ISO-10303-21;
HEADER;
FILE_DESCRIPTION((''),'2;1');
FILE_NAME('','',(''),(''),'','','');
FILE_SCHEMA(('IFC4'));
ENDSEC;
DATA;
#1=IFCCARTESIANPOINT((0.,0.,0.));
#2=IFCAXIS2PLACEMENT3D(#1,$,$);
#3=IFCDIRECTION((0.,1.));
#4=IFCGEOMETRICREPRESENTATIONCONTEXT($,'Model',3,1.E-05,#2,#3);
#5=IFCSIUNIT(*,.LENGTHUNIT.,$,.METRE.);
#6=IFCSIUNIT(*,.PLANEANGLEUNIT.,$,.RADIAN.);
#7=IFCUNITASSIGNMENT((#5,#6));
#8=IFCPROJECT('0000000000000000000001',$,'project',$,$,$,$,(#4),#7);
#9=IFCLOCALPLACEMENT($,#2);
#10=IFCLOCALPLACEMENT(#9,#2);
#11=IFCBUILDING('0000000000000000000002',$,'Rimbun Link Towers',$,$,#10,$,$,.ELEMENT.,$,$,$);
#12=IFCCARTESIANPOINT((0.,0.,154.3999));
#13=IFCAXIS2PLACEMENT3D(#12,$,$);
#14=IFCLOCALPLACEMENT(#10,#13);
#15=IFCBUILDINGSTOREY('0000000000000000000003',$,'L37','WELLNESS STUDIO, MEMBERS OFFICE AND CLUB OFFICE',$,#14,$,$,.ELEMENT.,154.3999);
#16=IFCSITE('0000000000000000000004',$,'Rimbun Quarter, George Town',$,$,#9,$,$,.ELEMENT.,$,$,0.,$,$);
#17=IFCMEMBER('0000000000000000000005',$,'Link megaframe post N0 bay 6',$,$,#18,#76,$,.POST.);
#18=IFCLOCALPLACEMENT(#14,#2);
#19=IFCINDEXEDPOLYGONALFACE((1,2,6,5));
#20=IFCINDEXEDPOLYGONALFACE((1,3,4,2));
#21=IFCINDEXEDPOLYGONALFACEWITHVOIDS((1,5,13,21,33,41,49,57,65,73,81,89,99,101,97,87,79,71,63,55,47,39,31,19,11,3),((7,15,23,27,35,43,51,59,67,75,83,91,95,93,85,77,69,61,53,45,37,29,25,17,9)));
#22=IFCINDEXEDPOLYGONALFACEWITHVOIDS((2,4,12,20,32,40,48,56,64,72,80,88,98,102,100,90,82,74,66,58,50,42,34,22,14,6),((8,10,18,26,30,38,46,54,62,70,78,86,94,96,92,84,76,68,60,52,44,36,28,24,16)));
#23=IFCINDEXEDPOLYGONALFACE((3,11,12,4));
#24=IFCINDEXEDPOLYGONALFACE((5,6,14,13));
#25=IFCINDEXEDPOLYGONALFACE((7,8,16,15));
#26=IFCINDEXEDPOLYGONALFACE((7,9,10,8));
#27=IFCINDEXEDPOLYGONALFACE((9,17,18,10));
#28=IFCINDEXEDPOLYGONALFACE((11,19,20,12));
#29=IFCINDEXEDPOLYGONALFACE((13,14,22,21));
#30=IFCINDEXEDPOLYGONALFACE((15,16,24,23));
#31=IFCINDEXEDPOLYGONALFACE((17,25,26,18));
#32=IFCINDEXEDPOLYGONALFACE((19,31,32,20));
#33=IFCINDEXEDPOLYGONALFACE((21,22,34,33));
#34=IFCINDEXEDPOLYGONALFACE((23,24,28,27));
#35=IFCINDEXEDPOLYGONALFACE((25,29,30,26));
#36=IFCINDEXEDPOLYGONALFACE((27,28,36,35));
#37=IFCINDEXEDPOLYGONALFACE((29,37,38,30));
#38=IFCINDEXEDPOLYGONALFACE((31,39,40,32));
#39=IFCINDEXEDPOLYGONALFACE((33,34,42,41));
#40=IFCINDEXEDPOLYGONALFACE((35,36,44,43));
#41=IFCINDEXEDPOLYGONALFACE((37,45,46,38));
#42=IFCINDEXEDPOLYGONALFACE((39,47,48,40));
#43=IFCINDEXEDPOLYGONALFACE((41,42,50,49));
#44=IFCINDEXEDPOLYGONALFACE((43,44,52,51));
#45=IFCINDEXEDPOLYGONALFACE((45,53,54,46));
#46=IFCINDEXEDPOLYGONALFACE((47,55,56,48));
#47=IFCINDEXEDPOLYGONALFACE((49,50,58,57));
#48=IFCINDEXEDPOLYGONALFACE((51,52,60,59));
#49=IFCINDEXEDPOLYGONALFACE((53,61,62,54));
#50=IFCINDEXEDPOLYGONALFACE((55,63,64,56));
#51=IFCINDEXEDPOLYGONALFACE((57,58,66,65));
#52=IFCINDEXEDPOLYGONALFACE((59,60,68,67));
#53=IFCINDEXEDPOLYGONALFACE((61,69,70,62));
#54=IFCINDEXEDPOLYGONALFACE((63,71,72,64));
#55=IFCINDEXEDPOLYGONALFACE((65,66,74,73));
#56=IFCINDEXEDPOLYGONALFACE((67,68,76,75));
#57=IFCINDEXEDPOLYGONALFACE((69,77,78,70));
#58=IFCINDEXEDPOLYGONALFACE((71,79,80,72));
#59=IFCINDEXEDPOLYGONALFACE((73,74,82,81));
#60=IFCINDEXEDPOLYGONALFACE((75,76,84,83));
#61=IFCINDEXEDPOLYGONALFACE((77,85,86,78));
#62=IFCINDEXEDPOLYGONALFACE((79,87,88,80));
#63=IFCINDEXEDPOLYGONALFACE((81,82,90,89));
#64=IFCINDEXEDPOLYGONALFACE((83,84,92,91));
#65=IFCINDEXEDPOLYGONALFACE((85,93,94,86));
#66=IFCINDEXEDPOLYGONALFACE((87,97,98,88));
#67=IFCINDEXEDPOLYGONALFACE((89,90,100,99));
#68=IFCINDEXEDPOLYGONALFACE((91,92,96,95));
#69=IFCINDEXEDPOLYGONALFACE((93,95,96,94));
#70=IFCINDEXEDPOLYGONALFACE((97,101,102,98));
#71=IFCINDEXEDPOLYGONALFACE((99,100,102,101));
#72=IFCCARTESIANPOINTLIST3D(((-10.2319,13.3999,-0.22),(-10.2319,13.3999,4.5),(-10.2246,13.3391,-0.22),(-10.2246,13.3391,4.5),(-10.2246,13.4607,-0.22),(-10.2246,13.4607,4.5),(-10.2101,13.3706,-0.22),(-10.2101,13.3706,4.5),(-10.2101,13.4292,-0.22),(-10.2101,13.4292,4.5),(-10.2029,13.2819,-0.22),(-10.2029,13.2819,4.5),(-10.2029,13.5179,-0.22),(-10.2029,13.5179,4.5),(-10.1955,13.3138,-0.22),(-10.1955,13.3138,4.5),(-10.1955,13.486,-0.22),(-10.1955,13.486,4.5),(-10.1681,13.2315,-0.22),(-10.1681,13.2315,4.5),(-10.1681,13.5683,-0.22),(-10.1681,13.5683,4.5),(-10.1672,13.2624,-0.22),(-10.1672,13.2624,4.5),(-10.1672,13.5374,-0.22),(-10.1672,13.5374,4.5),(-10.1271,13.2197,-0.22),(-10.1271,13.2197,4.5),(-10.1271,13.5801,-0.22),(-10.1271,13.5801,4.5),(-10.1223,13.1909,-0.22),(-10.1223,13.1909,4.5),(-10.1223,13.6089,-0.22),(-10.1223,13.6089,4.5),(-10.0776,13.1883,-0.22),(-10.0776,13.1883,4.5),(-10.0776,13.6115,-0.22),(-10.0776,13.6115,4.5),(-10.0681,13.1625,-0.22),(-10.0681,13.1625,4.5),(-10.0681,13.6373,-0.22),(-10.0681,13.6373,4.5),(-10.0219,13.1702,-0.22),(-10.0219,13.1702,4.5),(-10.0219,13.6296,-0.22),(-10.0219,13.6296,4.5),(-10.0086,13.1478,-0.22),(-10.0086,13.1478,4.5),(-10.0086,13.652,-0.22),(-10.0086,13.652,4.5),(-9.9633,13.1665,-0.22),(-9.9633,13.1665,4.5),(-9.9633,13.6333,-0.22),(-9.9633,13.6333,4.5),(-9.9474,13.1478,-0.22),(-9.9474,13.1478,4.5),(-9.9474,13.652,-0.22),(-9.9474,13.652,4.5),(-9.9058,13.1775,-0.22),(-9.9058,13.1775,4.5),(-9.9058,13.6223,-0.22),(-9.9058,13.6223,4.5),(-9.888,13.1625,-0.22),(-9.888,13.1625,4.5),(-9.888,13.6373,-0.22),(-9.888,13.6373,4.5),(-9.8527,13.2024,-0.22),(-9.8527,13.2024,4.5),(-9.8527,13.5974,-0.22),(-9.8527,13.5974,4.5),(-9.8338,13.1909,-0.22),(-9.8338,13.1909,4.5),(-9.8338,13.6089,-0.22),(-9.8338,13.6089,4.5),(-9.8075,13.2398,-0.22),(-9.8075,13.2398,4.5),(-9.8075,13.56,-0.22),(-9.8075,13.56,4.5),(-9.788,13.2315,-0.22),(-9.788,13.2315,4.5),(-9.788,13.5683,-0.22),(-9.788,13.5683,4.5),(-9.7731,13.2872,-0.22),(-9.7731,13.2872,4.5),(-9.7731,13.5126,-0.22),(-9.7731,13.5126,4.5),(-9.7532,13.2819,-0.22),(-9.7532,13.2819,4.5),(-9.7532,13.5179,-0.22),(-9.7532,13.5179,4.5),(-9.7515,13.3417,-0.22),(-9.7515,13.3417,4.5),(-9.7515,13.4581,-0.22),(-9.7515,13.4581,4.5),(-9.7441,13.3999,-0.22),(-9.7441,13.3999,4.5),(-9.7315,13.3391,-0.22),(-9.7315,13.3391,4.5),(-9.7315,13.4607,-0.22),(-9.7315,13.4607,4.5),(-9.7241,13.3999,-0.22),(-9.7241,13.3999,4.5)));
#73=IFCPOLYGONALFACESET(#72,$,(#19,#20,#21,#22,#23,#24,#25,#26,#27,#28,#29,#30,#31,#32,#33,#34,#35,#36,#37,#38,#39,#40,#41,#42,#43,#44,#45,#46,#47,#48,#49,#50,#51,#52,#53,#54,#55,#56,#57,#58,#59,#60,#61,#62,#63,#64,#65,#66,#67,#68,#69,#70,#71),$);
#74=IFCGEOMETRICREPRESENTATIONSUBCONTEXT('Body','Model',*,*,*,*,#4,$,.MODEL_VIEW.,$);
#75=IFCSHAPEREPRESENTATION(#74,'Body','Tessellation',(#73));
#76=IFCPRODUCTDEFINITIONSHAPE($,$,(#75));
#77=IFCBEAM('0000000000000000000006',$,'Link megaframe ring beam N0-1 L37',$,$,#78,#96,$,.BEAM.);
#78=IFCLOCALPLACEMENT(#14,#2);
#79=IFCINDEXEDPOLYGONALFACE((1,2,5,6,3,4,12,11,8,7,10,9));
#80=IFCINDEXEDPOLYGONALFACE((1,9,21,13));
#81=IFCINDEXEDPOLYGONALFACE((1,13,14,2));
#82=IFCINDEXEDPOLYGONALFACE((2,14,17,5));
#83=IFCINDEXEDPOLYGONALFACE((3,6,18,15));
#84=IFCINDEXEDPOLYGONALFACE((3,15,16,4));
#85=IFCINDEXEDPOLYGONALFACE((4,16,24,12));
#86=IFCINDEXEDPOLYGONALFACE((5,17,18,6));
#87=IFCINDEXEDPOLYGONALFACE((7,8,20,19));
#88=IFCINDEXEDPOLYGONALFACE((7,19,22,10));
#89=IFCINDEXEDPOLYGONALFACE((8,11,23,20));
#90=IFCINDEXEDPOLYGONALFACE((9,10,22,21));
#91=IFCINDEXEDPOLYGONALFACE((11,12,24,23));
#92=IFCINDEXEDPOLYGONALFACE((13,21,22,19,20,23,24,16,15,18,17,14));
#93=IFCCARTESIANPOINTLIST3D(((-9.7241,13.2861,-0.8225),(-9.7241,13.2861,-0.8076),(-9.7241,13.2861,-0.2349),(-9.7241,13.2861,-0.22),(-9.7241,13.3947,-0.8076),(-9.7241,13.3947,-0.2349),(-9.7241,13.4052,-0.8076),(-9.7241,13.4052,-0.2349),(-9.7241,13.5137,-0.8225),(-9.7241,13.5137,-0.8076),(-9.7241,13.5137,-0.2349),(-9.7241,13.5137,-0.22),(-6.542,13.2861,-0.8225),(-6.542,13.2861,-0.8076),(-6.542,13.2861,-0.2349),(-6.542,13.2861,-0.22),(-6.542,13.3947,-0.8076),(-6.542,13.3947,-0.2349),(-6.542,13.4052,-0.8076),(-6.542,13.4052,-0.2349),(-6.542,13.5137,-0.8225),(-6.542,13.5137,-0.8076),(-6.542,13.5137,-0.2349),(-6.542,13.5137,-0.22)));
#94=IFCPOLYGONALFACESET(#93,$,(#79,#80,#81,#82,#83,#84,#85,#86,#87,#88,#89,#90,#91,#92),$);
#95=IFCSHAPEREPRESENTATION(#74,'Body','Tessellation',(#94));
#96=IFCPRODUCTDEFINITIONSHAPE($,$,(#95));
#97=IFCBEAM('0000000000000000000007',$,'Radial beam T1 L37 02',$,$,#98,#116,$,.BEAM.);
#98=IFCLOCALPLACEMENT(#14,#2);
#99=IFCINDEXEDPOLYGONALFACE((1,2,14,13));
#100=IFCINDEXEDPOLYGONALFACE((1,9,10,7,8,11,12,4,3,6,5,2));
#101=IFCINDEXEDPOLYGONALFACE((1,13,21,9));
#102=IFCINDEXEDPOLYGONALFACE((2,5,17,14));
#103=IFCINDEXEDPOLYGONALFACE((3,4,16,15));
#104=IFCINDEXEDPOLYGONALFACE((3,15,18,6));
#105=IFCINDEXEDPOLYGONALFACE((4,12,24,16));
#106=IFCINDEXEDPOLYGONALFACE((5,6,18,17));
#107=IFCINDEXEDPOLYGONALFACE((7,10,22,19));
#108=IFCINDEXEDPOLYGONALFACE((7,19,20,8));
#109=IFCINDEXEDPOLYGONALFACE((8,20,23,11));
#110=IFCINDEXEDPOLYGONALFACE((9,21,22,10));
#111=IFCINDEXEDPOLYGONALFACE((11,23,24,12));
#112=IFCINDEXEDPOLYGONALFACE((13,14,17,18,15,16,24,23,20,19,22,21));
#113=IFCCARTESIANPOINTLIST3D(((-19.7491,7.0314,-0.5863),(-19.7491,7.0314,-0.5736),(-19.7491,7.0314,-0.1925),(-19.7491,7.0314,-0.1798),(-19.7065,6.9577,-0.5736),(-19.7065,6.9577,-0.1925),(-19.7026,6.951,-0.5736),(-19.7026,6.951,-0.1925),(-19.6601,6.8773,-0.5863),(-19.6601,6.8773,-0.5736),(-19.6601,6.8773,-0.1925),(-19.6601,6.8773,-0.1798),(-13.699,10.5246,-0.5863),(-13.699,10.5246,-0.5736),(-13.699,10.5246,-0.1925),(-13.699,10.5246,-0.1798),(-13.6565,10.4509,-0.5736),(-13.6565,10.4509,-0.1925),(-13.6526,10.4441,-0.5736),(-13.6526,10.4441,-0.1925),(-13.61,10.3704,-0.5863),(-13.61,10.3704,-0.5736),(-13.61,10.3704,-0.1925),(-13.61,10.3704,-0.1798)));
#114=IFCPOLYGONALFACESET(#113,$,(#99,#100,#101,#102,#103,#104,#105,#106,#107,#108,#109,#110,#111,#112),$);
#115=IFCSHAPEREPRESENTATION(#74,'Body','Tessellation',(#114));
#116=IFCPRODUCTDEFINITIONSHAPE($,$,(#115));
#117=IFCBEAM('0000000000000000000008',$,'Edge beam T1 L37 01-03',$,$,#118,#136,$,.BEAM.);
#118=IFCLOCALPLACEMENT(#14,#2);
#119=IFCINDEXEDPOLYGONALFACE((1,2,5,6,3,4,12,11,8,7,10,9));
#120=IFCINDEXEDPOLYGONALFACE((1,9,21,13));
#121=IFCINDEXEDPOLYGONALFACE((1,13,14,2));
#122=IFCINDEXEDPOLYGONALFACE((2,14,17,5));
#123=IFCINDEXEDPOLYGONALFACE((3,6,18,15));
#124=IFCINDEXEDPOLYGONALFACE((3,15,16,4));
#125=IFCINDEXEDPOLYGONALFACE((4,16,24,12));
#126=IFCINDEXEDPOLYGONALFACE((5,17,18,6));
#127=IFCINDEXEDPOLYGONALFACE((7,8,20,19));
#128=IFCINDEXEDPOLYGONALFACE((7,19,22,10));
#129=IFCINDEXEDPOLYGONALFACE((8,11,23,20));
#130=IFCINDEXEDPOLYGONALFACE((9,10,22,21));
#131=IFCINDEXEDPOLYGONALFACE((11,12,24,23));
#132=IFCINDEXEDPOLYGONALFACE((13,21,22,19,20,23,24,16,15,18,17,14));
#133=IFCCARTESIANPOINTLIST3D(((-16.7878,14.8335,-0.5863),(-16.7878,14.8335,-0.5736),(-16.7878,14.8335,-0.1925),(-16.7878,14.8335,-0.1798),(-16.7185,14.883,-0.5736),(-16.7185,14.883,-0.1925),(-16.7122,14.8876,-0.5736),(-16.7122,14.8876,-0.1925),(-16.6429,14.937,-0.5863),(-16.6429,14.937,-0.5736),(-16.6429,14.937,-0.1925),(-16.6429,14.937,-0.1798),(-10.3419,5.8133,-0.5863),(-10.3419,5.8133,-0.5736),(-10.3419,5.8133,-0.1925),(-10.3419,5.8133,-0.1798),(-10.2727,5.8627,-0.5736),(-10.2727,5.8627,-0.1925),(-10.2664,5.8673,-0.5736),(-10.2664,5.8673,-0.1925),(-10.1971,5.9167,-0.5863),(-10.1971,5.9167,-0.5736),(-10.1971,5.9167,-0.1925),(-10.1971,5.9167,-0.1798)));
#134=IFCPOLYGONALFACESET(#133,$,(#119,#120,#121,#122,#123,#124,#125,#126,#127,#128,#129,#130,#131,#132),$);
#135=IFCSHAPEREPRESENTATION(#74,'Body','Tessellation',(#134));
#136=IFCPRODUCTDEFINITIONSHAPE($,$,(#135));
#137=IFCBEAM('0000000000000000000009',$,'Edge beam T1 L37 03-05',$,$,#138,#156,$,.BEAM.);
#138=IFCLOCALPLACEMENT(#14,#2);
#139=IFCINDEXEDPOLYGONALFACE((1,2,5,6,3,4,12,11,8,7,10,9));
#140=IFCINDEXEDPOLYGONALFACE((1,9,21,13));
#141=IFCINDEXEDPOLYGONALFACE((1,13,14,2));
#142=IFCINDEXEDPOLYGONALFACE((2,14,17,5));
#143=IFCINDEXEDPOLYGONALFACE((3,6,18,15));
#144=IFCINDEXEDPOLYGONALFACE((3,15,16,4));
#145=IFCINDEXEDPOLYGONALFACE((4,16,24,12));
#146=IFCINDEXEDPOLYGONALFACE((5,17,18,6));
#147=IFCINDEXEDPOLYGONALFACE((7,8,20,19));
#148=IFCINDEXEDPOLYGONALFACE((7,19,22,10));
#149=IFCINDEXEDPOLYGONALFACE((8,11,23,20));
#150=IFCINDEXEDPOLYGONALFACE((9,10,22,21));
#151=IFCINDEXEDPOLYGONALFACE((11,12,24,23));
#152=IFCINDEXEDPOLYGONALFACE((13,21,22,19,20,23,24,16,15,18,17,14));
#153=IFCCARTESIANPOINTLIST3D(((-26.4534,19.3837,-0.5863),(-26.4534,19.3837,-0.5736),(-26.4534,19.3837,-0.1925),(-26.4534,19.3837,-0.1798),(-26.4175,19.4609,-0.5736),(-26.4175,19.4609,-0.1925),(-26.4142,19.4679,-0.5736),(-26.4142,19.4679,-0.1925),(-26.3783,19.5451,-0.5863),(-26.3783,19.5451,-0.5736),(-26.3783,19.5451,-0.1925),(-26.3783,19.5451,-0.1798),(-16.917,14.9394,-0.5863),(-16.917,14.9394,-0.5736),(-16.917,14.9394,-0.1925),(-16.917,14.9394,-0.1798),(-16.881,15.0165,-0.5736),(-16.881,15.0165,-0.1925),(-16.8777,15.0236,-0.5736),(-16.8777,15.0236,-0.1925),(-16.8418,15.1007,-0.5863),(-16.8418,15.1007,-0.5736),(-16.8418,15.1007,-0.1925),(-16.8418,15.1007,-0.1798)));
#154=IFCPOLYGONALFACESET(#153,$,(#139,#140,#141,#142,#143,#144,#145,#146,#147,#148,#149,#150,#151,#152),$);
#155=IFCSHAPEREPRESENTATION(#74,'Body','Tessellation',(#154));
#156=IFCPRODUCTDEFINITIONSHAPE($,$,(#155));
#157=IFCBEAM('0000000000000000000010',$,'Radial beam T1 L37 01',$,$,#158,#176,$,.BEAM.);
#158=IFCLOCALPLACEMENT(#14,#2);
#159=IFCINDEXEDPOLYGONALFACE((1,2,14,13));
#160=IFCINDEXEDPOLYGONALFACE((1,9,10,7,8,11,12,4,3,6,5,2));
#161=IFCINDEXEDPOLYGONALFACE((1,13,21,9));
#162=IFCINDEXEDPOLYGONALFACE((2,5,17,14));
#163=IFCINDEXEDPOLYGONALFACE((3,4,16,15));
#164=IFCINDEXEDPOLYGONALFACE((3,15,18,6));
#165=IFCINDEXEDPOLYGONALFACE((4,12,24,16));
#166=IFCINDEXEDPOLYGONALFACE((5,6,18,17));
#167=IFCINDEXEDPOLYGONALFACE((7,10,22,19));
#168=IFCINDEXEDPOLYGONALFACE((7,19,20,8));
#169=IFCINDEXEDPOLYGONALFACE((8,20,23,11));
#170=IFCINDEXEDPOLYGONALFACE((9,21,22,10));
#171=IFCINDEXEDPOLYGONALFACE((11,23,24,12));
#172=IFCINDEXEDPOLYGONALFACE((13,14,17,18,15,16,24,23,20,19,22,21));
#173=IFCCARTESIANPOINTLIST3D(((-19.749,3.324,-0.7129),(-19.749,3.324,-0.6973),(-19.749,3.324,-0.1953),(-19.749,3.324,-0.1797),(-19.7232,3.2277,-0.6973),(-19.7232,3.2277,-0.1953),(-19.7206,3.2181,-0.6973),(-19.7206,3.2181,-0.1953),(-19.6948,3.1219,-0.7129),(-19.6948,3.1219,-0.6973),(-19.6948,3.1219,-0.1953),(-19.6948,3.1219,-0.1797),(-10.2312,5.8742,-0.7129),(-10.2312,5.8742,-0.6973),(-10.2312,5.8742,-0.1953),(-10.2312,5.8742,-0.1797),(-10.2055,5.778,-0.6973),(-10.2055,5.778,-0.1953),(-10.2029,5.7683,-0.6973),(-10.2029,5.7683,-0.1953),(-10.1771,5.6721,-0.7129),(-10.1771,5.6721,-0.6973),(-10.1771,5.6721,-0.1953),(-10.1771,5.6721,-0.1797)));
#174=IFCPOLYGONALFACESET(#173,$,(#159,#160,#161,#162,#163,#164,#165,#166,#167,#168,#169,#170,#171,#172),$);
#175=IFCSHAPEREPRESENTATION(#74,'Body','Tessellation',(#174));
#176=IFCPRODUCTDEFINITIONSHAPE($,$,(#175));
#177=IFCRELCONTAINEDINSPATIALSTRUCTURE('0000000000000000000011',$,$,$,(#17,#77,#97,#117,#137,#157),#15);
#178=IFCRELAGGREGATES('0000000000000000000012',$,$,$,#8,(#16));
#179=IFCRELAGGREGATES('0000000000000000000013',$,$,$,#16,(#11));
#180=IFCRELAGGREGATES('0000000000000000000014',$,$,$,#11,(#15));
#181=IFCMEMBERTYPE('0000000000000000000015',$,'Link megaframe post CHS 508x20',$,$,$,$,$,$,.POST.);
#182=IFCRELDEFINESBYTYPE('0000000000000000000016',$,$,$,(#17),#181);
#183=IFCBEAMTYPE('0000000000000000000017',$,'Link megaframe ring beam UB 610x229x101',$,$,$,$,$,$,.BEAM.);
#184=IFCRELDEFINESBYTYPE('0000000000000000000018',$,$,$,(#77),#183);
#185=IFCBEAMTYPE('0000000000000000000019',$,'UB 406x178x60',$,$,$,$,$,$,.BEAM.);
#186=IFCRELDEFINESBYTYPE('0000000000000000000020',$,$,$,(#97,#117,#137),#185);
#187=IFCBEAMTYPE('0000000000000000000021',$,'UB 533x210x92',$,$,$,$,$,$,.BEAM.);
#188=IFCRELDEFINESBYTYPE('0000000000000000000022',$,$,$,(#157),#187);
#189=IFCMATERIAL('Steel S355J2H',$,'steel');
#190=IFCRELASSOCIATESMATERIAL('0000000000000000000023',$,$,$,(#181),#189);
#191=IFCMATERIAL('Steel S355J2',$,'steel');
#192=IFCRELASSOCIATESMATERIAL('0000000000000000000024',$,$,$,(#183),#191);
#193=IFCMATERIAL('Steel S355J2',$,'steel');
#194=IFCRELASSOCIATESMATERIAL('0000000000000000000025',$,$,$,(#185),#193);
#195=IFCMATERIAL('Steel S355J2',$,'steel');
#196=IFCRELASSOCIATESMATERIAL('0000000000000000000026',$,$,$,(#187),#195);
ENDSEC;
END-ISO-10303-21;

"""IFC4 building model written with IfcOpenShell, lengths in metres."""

from ifc_helpers import new_model, si_unit, direction, frame, origin, origin_2d, place, context, subcontext, project, spatial, hollow_circle, i_section, extrude, material, material_profile, profile_set, type_object, element, save


model = new_model("IFC4")

# Units and contexts
model_context = context("Model", 3, precision=1e-05, world=origin(), true_north=direction((0.0, 1.0)))
body_context = subcontext(model_context, "Body", "Model", "MODEL_VIEW")
ifc_project = project(units=[si_unit("LENGTHUNIT", "METRE"), si_unit("PLANEANGLEUNIT", "RADIAN")], contexts=[model_context])

# Site, building, storey
site_placement = place(None, origin())
site = spatial("IfcSite", under=ifc_project, at=site_placement, Name="Rimbun Quarter, George Town", CompositionType="ELEMENT", RefElevation=0.0)
building_placement = place(site_placement, origin())
building = spatial("IfcBuilding", under=site, at=building_placement, Name="Rimbun Link Towers", CompositionType="ELEMENT")
storey_placement = place(building_placement, frame((0.0, 0.0, 154.3999)))
storey = spatial("IfcBuildingStorey", under=building, at=storey_placement, Name="L37", Description="WELLNESS STUDIO, MEMBERS OFFICE AND CLUB OFFICE", CompositionType="ELEMENT", Elevation=154.3999)

# Member
ifc_material_1 = material(Name="Steel S355J2H", Category="steel")
ifc_material_profile_1 = material_profile(ifc_material_1, hollow_circle(Radius=0.2539, WallThickness=0.02, at=origin_2d()), Name="CHS 508x20")
ifc_profile_set_1 = profile_set([ifc_material_profile_1], Name="Steel S355J2H")
member_type_1 = type_object("IfcMemberType", Name="Link megaframe post CHS 508x20", PredefinedType="POST", material=ifc_profile_set_1)
member_1_placement = place(storey_placement, frame((-9.978, 13.3999, -0.22), z_axis=(0.0, 0.0, 1.0), x_axis=(1.0, 0.0, 0.0)))
element("IfcMember", 1, at=member_1_placement, inside=storey, type_object=member_type_1, Name="Link megaframe post N0 bay 6", PredefinedType="POST", context=body_context, shape_type="SweptSolid", body=[
    extrude(hollow_circle(Radius=0.2539, WallThickness=0.02, at=origin_2d()), origin(), (0.0, 0.0, 1.0), 4.72),
])

# Beams
ifc_material_2 = material(Name="Steel S355J2", Category="steel")
ifc_material_profile_2 = material_profile(ifc_material_2, i_section(OverallWidth=0.2275, OverallDepth=0.6025, WebThickness=0.0105, FlangeThickness=0.0149, at=origin_2d()), Name="UB 610x229x101")
ifc_profile_set_2 = profile_set([ifc_material_profile_2], Name="Steel S355J2")
beam_type_1 = type_object("IfcBeamType", Name="Link megaframe ring beam UB 610x229x101", PredefinedType="BEAM", material=ifc_profile_set_2)
beam_1_placement = place(storey_placement, frame((-9.7241, 13.3999, -0.5212), z_axis=(1.0, 0.0, 0.0), x_axis=(0.0, 1.0, 0.0)))
element("IfcBeam", 2, at=beam_1_placement, inside=storey, type_object=beam_type_1, Name="Link megaframe ring beam N0-1 L37", PredefinedType="BEAM", context=body_context, shape_type="SweptSolid", body=[
    extrude(i_section(OverallWidth=0.2275, OverallDepth=0.6025, WebThickness=0.0105, FlangeThickness=0.0149, at=origin_2d()), origin(), (0.0, 0.0, 1.0), 3.1821),
])
ifc_material_3 = material(Name="Steel S355J2", Category="steel")
ifc_material_profile_3 = material_profile(ifc_material_3, i_section(OverallWidth=0.178, OverallDepth=0.4065, WebThickness=0.0078, FlangeThickness=0.0127, at=origin_2d()), Name="UB 406x178x60")
ifc_profile_set_3 = profile_set([ifc_material_profile_3], Name="Steel S355J2")
beam_type_2 = type_object("IfcBeamType", Name="UB 406x178x60", PredefinedType="BEAM", material=ifc_profile_set_3)
beam_2_placement = place(storey_placement, frame((-19.7046, 6.9543, -0.3831), z_axis=(0.866015, 0.500018, 0.0), x_axis=(-0.500018, 0.866015, 0.0)))
element("IfcBeam", 3, at=beam_2_placement, inside=storey, type_object=beam_type_2, Name="Radial beam T1 L37 02", PredefinedType="BEAM", context=body_context, shape_type="SweptSolid", body=[
    extrude(i_section(OverallWidth=0.178, OverallDepth=0.4065, WebThickness=0.0078, FlangeThickness=0.0127, at=origin_2d()), origin(), (0.0, 0.0, 1.0), 6.9861),
])
beam_3_placement = place(storey_placement, frame((-10.2695, 5.865, -0.3831), z_axis=(-0.581403, 0.813616, 0.0), x_axis=(-0.813616, -0.581403, 0.0)))
element("IfcBeam", 4, at=beam_3_placement, inside=storey, type_object=beam_type_2, Name="Edge beam T1 L37 01-03", PredefinedType="BEAM", context=body_context, shape_type="SweptSolid", body=[
    extrude(i_section(OverallWidth=0.178, OverallDepth=0.4065, WebThickness=0.0078, FlangeThickness=0.0127, at=origin_2d()), origin(), (0.0, 0.0, 1.0), 11.0867),
])
beam_4_placement = place(storey_placement, frame((-16.8794, 15.02, -0.3831), z_axis=(-0.906401, 0.422419, 0.0), x_axis=(-0.422419, -0.906401, 0.0)))
element("IfcBeam", 5, at=beam_4_placement, inside=storey, type_object=beam_type_2, Name="Edge beam T1 L37 03-05", PredefinedType="BEAM", context=body_context, shape_type="SweptSolid", body=[
    extrude(i_section(OverallWidth=0.178, OverallDepth=0.4065, WebThickness=0.0078, FlangeThickness=0.0127, at=origin_2d()), origin(), (0.0, 0.0, 1.0), 10.5212),
])
ifc_material_4 = material(Name="Steel S355J2", Category="steel")
ifc_material_profile_4 = material_profile(ifc_material_4, i_section(OverallWidth=0.2092, OverallDepth=0.5332, WebThickness=0.01, FlangeThickness=0.0156, at=origin_2d()), Name="UB 533x210x92")
ifc_profile_set_4 = profile_set([ifc_material_profile_4], Name="Steel S355J2")
beam_type_3 = type_object("IfcBeamType", Name="UB 533x210x92", PredefinedType="BEAM", material=ifc_profile_set_4)
beam_5_placement = place(storey_placement, frame((-19.7219, 3.2229, -0.4463), z_axis=(0.965926, 0.258819, 0.0), x_axis=(-0.258819, 0.965926, 0.0)))
element("IfcBeam", 6, at=beam_5_placement, inside=storey, type_object=beam_type_3, Name="Radial beam T1 L37 01", PredefinedType="BEAM", context=body_context, shape_type="SweptSolid", body=[
    extrude(i_section(OverallWidth=0.2092, OverallDepth=0.5332, WebThickness=0.01, FlangeThickness=0.0156, at=origin_2d()), origin(), (0.0, 0.0, 1.0), 9.8535),
])

save(model, "model.ifc")
